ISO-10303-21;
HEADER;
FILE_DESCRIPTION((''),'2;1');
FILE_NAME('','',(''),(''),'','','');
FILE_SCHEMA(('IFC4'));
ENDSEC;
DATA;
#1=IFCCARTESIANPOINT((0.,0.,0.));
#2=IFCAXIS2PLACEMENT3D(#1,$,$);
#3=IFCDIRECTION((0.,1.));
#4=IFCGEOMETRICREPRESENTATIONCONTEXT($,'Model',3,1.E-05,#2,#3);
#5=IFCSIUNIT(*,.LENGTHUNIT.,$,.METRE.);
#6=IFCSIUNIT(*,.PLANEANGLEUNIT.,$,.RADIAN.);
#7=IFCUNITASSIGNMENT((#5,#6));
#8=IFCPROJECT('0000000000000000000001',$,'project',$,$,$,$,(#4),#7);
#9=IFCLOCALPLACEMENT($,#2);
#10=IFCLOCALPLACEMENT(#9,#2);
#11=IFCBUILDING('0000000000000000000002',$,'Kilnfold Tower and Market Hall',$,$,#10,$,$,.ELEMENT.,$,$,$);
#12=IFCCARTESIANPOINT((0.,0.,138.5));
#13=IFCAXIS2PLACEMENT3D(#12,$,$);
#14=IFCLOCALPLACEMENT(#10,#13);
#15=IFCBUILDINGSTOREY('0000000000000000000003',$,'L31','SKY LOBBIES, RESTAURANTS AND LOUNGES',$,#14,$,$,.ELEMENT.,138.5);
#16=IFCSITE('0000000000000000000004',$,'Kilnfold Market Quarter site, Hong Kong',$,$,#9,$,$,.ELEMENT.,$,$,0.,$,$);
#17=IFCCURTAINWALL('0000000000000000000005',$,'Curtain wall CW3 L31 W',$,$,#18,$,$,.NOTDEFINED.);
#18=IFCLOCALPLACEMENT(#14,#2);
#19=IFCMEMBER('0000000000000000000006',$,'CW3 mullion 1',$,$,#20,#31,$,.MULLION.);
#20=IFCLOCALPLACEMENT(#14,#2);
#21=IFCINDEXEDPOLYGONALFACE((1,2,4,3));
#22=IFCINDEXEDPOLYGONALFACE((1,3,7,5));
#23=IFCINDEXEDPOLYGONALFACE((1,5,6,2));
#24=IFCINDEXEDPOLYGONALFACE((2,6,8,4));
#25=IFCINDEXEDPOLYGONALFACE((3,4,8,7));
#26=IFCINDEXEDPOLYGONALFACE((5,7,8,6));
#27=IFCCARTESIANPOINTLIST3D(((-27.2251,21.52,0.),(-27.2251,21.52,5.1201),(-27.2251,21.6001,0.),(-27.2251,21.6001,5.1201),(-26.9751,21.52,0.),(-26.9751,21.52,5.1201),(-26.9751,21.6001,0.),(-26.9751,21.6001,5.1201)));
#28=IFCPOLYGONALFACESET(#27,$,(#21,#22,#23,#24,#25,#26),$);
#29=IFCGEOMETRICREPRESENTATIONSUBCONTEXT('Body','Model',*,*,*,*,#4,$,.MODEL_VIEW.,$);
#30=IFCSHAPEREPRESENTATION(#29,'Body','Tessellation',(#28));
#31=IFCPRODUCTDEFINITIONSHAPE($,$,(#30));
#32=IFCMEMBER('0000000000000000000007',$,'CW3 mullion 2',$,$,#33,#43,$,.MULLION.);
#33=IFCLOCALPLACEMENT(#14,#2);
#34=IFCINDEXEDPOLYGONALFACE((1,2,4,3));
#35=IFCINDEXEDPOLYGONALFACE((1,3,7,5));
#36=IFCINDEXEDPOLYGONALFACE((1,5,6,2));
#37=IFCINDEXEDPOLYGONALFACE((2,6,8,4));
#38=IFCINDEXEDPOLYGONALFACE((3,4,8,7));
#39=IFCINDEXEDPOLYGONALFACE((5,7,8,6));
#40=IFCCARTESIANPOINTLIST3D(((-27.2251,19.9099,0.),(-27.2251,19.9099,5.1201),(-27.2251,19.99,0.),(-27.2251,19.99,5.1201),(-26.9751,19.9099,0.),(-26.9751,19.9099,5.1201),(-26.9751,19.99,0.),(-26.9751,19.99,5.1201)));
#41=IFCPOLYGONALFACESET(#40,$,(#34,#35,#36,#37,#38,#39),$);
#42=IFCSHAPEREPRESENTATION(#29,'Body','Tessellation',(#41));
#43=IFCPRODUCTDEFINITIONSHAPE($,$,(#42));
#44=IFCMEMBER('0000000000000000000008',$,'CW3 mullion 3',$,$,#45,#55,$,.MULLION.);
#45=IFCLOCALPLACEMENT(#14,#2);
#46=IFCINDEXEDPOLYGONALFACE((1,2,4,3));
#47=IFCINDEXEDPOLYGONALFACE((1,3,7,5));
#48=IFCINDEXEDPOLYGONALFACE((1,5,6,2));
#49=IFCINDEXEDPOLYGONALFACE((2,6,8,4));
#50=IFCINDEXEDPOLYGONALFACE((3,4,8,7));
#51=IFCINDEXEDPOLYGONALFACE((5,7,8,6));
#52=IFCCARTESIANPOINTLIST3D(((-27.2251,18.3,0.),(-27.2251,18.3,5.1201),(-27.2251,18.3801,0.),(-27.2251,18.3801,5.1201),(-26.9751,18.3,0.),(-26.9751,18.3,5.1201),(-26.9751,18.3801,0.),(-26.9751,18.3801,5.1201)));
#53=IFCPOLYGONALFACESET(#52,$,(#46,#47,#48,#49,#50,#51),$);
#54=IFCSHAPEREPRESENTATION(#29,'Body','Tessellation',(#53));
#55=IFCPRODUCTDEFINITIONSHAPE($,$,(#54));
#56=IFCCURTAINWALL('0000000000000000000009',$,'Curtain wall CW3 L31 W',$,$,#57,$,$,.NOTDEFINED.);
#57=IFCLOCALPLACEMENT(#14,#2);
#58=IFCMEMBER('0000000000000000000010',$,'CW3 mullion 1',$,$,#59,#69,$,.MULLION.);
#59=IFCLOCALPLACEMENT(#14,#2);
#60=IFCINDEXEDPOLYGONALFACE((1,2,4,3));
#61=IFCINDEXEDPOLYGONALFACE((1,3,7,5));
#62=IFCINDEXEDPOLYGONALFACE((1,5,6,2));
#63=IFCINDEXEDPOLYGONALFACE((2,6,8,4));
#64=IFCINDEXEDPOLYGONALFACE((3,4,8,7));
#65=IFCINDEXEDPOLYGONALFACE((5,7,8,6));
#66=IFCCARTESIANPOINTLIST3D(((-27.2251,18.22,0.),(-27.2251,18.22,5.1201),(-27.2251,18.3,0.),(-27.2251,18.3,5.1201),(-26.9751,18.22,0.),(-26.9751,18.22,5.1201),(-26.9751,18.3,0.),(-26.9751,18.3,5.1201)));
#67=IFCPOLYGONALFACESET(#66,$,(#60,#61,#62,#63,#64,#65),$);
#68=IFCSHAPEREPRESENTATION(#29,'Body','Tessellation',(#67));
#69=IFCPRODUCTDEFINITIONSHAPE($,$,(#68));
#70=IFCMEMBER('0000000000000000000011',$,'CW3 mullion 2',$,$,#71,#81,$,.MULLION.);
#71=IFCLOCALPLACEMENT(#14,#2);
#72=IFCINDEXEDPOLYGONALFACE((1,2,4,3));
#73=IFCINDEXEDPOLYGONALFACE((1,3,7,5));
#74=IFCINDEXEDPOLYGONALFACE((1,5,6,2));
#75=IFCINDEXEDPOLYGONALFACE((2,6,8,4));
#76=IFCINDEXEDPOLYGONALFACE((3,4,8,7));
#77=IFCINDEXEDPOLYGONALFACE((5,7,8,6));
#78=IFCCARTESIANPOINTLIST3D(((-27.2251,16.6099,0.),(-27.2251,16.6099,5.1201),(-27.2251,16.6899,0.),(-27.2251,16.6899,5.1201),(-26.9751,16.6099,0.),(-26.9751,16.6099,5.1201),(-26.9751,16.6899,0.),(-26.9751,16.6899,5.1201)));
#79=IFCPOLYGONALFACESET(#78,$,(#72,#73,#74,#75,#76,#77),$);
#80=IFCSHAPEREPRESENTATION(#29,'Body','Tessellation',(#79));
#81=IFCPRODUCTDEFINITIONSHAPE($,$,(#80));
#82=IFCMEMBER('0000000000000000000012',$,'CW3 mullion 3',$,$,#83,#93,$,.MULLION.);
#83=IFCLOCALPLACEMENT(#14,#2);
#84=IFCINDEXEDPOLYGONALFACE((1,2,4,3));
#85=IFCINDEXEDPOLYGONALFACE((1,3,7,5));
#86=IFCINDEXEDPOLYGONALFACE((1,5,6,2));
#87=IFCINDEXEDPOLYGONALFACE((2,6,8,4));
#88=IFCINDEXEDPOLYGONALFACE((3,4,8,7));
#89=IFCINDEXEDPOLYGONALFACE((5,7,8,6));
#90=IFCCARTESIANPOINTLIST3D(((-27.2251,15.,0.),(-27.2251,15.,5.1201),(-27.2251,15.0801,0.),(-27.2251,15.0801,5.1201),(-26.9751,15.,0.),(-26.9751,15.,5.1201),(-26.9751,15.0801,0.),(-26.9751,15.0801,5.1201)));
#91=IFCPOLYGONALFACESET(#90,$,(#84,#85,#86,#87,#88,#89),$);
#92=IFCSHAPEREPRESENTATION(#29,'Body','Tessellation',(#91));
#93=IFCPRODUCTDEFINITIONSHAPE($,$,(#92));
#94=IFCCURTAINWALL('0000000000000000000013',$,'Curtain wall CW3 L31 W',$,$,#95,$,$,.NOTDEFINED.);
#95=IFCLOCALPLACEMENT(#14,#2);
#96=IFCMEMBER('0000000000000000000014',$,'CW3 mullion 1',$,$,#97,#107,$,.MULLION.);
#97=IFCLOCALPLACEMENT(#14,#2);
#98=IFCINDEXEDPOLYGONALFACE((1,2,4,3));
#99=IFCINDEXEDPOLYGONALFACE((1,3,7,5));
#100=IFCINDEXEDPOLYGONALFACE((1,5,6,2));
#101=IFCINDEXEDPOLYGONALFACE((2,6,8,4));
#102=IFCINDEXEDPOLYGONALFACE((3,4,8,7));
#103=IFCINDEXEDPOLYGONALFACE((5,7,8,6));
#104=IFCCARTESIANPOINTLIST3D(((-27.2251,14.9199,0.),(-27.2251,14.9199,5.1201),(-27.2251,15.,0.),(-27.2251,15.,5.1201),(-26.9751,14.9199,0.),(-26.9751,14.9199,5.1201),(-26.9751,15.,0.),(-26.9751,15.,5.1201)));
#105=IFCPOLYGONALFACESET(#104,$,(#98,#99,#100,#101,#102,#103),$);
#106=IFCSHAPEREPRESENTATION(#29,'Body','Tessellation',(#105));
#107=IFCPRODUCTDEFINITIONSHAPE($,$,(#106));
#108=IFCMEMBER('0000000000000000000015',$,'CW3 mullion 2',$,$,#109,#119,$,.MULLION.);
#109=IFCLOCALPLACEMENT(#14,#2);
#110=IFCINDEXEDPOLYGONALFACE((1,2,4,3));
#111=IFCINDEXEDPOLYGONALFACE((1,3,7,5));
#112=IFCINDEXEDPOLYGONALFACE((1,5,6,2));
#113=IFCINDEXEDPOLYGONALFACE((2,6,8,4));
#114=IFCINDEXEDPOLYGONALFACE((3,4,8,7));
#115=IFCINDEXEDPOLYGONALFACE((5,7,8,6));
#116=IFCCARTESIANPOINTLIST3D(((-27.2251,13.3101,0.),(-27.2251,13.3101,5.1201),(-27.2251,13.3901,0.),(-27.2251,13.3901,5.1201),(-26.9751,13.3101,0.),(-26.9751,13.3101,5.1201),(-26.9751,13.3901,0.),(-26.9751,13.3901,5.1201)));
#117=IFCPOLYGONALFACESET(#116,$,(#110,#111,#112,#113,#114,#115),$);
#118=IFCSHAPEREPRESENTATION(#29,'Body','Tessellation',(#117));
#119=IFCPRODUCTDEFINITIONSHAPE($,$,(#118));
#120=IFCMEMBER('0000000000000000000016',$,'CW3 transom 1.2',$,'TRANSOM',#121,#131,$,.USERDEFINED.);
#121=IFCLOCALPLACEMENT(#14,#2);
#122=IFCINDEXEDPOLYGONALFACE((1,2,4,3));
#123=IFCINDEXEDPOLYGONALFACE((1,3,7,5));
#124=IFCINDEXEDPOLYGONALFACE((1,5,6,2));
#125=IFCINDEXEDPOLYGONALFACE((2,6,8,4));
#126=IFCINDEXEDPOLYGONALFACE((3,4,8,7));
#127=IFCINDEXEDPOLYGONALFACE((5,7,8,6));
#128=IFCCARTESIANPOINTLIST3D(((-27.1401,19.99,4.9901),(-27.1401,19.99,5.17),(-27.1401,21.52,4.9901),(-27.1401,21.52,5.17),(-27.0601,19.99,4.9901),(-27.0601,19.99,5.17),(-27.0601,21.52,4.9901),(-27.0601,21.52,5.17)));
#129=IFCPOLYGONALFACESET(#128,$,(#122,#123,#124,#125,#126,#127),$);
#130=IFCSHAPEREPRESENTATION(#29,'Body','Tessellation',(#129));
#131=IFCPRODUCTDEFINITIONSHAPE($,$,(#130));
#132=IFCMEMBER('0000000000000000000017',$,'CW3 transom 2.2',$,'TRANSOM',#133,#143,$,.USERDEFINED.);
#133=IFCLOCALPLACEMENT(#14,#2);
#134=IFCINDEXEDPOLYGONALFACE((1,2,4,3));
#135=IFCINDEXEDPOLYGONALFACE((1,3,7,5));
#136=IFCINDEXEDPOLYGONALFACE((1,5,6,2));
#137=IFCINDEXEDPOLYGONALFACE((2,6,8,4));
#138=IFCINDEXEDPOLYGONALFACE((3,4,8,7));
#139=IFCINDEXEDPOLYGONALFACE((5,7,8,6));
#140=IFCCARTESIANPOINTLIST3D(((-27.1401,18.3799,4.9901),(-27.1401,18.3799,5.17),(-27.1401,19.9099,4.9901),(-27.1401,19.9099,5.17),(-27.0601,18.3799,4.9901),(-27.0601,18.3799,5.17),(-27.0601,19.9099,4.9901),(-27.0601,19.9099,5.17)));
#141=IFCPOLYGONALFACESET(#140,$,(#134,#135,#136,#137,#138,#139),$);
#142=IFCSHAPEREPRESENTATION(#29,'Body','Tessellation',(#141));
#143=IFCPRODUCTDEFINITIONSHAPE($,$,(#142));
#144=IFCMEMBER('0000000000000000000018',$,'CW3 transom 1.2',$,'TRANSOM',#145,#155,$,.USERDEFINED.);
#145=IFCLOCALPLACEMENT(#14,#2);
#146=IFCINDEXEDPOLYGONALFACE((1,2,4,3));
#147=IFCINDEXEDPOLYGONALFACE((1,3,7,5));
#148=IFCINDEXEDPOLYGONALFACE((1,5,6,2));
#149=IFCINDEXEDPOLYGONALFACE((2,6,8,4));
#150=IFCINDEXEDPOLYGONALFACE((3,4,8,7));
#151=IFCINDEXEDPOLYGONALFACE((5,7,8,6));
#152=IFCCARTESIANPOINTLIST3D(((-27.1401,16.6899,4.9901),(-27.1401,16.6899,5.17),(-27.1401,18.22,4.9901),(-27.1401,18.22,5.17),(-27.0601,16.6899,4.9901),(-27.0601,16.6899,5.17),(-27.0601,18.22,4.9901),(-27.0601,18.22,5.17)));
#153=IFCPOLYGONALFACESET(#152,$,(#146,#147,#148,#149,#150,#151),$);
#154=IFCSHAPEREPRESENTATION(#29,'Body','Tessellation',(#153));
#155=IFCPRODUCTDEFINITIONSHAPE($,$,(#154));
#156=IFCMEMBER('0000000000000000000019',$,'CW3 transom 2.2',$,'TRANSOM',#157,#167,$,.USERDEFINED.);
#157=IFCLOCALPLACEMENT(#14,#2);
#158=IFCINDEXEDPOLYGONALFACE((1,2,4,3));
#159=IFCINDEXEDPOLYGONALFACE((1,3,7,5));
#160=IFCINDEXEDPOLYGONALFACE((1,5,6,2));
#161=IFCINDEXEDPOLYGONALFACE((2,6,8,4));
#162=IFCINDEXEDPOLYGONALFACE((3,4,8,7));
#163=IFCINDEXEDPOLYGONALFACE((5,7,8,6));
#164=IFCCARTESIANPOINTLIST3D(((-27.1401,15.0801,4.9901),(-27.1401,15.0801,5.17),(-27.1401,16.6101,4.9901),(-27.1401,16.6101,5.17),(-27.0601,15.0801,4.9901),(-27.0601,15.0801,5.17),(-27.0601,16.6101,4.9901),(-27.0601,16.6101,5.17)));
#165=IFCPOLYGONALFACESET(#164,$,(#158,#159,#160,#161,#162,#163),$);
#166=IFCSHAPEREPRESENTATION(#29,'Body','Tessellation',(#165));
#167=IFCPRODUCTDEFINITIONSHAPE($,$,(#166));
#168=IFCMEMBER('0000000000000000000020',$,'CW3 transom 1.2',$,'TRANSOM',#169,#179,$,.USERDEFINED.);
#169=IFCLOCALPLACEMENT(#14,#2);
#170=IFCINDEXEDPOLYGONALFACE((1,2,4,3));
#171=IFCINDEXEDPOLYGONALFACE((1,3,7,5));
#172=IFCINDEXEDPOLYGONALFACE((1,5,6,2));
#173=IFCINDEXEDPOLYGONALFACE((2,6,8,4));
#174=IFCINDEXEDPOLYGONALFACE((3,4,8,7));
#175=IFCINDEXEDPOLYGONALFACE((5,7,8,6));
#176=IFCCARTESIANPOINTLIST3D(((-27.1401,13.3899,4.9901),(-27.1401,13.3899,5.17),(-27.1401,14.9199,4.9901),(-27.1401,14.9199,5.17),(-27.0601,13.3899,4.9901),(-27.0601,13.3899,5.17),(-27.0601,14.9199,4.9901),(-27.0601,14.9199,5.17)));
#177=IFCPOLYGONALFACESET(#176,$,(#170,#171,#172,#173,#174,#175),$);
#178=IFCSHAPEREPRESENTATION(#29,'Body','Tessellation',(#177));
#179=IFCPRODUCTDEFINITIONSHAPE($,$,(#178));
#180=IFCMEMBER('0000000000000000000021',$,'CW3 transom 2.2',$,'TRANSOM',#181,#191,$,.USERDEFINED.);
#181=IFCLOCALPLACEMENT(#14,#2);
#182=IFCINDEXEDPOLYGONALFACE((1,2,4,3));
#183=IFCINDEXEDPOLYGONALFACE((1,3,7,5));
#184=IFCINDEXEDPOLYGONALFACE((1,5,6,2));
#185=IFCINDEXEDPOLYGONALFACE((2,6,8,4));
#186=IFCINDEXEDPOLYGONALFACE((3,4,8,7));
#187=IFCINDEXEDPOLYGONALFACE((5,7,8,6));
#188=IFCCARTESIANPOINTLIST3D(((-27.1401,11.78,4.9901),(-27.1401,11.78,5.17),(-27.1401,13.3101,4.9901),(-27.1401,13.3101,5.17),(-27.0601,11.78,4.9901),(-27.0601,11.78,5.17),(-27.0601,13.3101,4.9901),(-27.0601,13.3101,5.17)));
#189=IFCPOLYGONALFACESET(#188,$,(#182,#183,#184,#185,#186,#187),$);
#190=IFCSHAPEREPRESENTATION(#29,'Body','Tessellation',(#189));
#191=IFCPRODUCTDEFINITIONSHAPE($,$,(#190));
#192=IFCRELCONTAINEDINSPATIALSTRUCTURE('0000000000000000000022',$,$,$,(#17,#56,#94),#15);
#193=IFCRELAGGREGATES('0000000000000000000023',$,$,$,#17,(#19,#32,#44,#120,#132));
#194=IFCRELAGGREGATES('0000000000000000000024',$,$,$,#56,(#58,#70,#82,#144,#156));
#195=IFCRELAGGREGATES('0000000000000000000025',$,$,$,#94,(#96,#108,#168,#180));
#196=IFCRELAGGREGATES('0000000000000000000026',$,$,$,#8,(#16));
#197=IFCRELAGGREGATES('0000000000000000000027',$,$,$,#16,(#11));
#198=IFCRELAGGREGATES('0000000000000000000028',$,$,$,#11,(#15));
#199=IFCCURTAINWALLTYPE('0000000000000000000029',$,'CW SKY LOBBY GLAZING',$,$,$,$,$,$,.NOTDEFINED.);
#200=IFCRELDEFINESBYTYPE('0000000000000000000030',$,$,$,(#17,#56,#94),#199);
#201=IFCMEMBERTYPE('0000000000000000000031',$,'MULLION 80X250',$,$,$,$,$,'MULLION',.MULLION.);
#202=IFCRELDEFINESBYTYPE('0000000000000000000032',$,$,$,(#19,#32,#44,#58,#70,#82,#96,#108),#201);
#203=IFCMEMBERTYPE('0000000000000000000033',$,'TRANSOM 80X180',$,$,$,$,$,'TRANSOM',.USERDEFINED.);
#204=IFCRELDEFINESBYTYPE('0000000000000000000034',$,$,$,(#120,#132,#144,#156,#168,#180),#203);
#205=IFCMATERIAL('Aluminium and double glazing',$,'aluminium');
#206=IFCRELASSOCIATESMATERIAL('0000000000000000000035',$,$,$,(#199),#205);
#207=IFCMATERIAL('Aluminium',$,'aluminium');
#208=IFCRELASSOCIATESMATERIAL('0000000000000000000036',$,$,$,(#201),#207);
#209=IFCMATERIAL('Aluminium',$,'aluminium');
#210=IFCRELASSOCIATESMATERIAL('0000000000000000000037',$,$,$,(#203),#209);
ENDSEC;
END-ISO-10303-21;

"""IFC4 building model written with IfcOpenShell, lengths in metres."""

from ifc_helpers import new_model, si_unit, direction, frame, origin, origin_2d, place, context, subcontext, project, spatial, rectangle, extrude, source, transform, mapped, material, material_profile, profile_set, type_object, element, aggregate, save


model = new_model("IFC4")

# Units and contexts
model_context = context("Model", 3, precision=1e-05, world=origin(), true_north=direction((0.0, 1.0)))
body_context = subcontext(model_context, "Body", "Model", "MODEL_VIEW")
ifc_project = project(units=[si_unit("LENGTHUNIT", "METRE"), si_unit("PLANEANGLEUNIT", "RADIAN")], contexts=[model_context])

# Site, building, storey
site_placement = place(None, origin())
site = spatial("IfcSite", under=ifc_project, at=site_placement, Name="Kilnfold Market Quarter site, Hong Kong", CompositionType="ELEMENT", RefElevation=0.0)
building_placement = place(site_placement, origin())
building = spatial("IfcBuilding", under=site, at=building_placement, Name="Kilnfold Tower and Market Hall", CompositionType="ELEMENT")
storey_placement = place(building_placement, frame((0.0, 0.0, 138.5)))
storey = spatial("IfcBuildingStorey", under=building, at=storey_placement, Name="L31", Description="SKY LOBBIES, RESTAURANTS AND LOUNGES", CompositionType="ELEMENT", Elevation=138.5)

# Curtain walls, members
ifc_material_1 = material(Name="Aluminium and double glazing", Category="aluminium")
curtain_wall_type = type_object("IfcCurtainWallType", Name="CW SKY LOBBY GLAZING", PredefinedType="NOTDEFINED", material=ifc_material_1)
curtain_wall_1_placement = place(storey_placement, origin())
curtain_wall_1 = element("IfcCurtainWall", 1, at=curtain_wall_1_placement, inside=storey, type_object=curtain_wall_type, Name="Curtain wall CW3 L31 W", PredefinedType="NOTDEFINED")
ifc_material_2 = material(Name="Aluminium", Category="aluminium")
ifc_material_profile_1 = material_profile(ifc_material_2, rectangle(XDim=0.0801, YDim=0.25, at=origin_2d()), Name="MULLION 80x250")
ifc_profile_set_1 = profile_set([ifc_material_profile_1], Name="Aluminium")
member_type_1 = type_object("IfcMemberType", Name="MULLION 80X250", ElementType="MULLION", PredefinedType="MULLION", material=ifc_profile_set_1)
shared_shape_1 = source(origin(), body_context, "Body", "SweptSolid", [
    extrude(rectangle(XDim=0.0801, YDim=0.25, at=origin_2d()), origin(), (0.0, 0.0, 1.0), 5.1201),
])
member_1_placement = place(storey_placement, frame((-27.1001, 21.5601, 0.0), z_axis=(0.0, 0.0, 1.0), x_axis=(0.0, -1.0, 0.0)))
member_1 = element("IfcMember", 2, at=member_1_placement, type_object=member_type_1, Name="CW3 mullion 1", PredefinedType="MULLION", context=body_context, shape_type="MappedRepresentation", body=[
    mapped(shared_shape_1, transform((0.0, 0.0, 0.0))),
])
member_2_placement = place(storey_placement, frame((-27.1001, 19.95, 0.0), z_axis=(0.0, 0.0, 1.0), x_axis=(0.0, -1.0, 0.0)))
member_2 = element("IfcMember", 3, at=member_2_placement, type_object=member_type_1, Name="CW3 mullion 2", PredefinedType="MULLION", context=body_context, shape_type="MappedRepresentation", body=[
    mapped(shared_shape_1, transform((0.0, 0.0, 0.0))),
])
member_3_placement = place(storey_placement, frame((-27.1001, 18.3401, 0.0), z_axis=(0.0, 0.0, 1.0), x_axis=(0.0, -1.0, 0.0)))
member_3 = element("IfcMember", 4, at=member_3_placement, type_object=member_type_1, Name="CW3 mullion 3", PredefinedType="MULLION", context=body_context, shape_type="MappedRepresentation", body=[
    mapped(shared_shape_1, transform((0.0, 0.0, 0.0))),
])
curtain_wall_2_placement = place(storey_placement, origin())
curtain_wall_2 = element("IfcCurtainWall", 5, at=curtain_wall_2_placement, inside=storey, type_object=curtain_wall_type, Name="Curtain wall CW3 L31 W", PredefinedType="NOTDEFINED")
member_4_placement = place(storey_placement, frame((-27.1001, 18.26, 0.0), z_axis=(0.0, 0.0, 1.0), x_axis=(0.0, -1.0, 0.0)))
member_4 = element("IfcMember", 6, at=member_4_placement, type_object=member_type_1, Name="CW3 mullion 1", PredefinedType="MULLION", context=body_context, shape_type="MappedRepresentation", body=[
    mapped(shared_shape_1, transform((0.0, 0.0, 0.0))),
])
member_5_placement = place(storey_placement, frame((-27.1001, 16.6499, 0.0), z_axis=(0.0, 0.0, 1.0), x_axis=(0.0, -1.0, 0.0)))
member_5 = element("IfcMember", 7, at=member_5_placement, type_object=member_type_1, Name="CW3 mullion 2", PredefinedType="MULLION", context=body_context, shape_type="MappedRepresentation", body=[
    mapped(shared_shape_1, transform((0.0, 0.0, 0.0))),
])
member_6_placement = place(storey_placement, frame((-27.1001, 15.04, 0.0), z_axis=(0.0, 0.0, 1.0), x_axis=(0.0, -1.0, 0.0)))
member_6 = element("IfcMember", 8, at=member_6_placement, type_object=member_type_1, Name="CW3 mullion 3", PredefinedType="MULLION", context=body_context, shape_type="MappedRepresentation", body=[
    mapped(shared_shape_1, transform((0.0, 0.0, 0.0))),
])
curtain_wall_3_placement = place(storey_placement, origin())
curtain_wall_3 = element("IfcCurtainWall", 9, at=curtain_wall_3_placement, inside=storey, type_object=curtain_wall_type, Name="Curtain wall CW3 L31 W", PredefinedType="NOTDEFINED")
member_7_placement = place(storey_placement, frame((-27.1001, 14.96, 0.0), z_axis=(0.0, 0.0, 1.0), x_axis=(0.0, -1.0, 0.0)))
member_7 = element("IfcMember", 10, at=member_7_placement, type_object=member_type_1, Name="CW3 mullion 1", PredefinedType="MULLION", context=body_context, shape_type="MappedRepresentation", body=[
    mapped(shared_shape_1, transform((0.0, 0.0, 0.0))),
])
member_8_placement = place(storey_placement, frame((-27.1001, 13.3501, 0.0), z_axis=(0.0, 0.0, 1.0), x_axis=(0.0, -1.0, 0.0)))
member_8 = element("IfcMember", 11, at=member_8_placement, type_object=member_type_1, Name="CW3 mullion 2", PredefinedType="MULLION", context=body_context, shape_type="MappedRepresentation", body=[
    mapped(shared_shape_1, transform((0.0, 0.0, 0.0))),
])

# Members
ifc_material_3 = material(Name="Aluminium", Category="aluminium")
ifc_material_profile_2 = material_profile(ifc_material_3, rectangle(XDim=0.0801, YDim=0.1799, at=origin_2d()), Name="TRANSOM 80x180")
ifc_profile_set_2 = profile_set([ifc_material_profile_2], Name="Aluminium")
member_type_2 = type_object("IfcMemberType", Name="TRANSOM 80X180", ElementType="TRANSOM", PredefinedType="USERDEFINED", material=ifc_profile_set_2)
shared_shape_2 = source(origin(), body_context, "Body", "SweptSolid", [
    extrude(rectangle(XDim=0.0801, YDim=0.1799, at=origin_2d()), origin(), (0.0, 0.0, 1.0), 1.53),
])
member_9_placement = place(storey_placement, frame((-27.1001, 21.52, 5.0801), z_axis=(0.0, -1.0, 0.0), x_axis=(1.0, 0.0, 0.0)))
member_9 = element("IfcMember", 12, at=member_9_placement, type_object=member_type_2, Name="CW3 transom 1.2", ObjectType="TRANSOM", PredefinedType="USERDEFINED", context=body_context, shape_type="MappedRepresentation", body=[
    mapped(shared_shape_2, transform((0.0, 0.0, 0.0))),
])
member_10_placement = place(storey_placement, frame((-27.1001, 19.9099, 5.0801), z_axis=(0.0, -1.0, 0.0), x_axis=(1.0, 0.0, 0.0)))
member_10 = element("IfcMember", 13, at=member_10_placement, type_object=member_type_2, Name="CW3 transom 2.2", ObjectType="TRANSOM", PredefinedType="USERDEFINED", context=body_context, shape_type="MappedRepresentation", body=[
    mapped(shared_shape_2, transform((0.0, 0.0, 0.0))),
])
member_11_placement = place(storey_placement, frame((-27.1001, 18.22, 5.0801), z_axis=(0.0, -1.0, 0.0), x_axis=(1.0, 0.0, 0.0)))
member_11 = element("IfcMember", 14, at=member_11_placement, type_object=member_type_2, Name="CW3 transom 1.2", ObjectType="TRANSOM", PredefinedType="USERDEFINED", context=body_context, shape_type="MappedRepresentation", body=[
    mapped(shared_shape_2, transform((0.0, 0.0, 0.0))),
])
member_12_placement = place(storey_placement, frame((-27.1001, 16.6101, 5.0801), z_axis=(0.0, -1.0, 0.0), x_axis=(1.0, 0.0, 0.0)))
member_12 = element("IfcMember", 15, at=member_12_placement, type_object=member_type_2, Name="CW3 transom 2.2", ObjectType="TRANSOM", PredefinedType="USERDEFINED", context=body_context, shape_type="MappedRepresentation", body=[
    mapped(shared_shape_2, transform((0.0, 0.0, 0.0))),
])
member_13_placement = place(storey_placement, frame((-27.1001, 14.9199, 5.0801), z_axis=(0.0, -1.0, 0.0), x_axis=(1.0, 0.0, 0.0)))
member_13 = element("IfcMember", 16, at=member_13_placement, type_object=member_type_2, Name="CW3 transom 1.2", ObjectType="TRANSOM", PredefinedType="USERDEFINED", context=body_context, shape_type="MappedRepresentation", body=[
    mapped(shared_shape_2, transform((0.0, 0.0, 0.0))),
])
member_14_placement = place(storey_placement, frame((-27.1001, 13.3101, 5.0801), z_axis=(0.0, -1.0, 0.0), x_axis=(1.0, 0.0, 0.0)))
member_14 = element("IfcMember", 17, at=member_14_placement, type_object=member_type_2, Name="CW3 transom 2.2", ObjectType="TRANSOM", PredefinedType="USERDEFINED", context=body_context, shape_type="MappedRepresentation", body=[
    mapped(shared_shape_2, transform((0.0, 0.0, 0.0))),
])

aggregate(curtain_wall_1, [member_1, member_2, member_3, member_9, member_10])
aggregate(curtain_wall_2, [member_4, member_5, member_6, member_11, member_12])
aggregate(curtain_wall_3, [member_7, member_8, member_13, member_14])

save(model, "model.ifc")
